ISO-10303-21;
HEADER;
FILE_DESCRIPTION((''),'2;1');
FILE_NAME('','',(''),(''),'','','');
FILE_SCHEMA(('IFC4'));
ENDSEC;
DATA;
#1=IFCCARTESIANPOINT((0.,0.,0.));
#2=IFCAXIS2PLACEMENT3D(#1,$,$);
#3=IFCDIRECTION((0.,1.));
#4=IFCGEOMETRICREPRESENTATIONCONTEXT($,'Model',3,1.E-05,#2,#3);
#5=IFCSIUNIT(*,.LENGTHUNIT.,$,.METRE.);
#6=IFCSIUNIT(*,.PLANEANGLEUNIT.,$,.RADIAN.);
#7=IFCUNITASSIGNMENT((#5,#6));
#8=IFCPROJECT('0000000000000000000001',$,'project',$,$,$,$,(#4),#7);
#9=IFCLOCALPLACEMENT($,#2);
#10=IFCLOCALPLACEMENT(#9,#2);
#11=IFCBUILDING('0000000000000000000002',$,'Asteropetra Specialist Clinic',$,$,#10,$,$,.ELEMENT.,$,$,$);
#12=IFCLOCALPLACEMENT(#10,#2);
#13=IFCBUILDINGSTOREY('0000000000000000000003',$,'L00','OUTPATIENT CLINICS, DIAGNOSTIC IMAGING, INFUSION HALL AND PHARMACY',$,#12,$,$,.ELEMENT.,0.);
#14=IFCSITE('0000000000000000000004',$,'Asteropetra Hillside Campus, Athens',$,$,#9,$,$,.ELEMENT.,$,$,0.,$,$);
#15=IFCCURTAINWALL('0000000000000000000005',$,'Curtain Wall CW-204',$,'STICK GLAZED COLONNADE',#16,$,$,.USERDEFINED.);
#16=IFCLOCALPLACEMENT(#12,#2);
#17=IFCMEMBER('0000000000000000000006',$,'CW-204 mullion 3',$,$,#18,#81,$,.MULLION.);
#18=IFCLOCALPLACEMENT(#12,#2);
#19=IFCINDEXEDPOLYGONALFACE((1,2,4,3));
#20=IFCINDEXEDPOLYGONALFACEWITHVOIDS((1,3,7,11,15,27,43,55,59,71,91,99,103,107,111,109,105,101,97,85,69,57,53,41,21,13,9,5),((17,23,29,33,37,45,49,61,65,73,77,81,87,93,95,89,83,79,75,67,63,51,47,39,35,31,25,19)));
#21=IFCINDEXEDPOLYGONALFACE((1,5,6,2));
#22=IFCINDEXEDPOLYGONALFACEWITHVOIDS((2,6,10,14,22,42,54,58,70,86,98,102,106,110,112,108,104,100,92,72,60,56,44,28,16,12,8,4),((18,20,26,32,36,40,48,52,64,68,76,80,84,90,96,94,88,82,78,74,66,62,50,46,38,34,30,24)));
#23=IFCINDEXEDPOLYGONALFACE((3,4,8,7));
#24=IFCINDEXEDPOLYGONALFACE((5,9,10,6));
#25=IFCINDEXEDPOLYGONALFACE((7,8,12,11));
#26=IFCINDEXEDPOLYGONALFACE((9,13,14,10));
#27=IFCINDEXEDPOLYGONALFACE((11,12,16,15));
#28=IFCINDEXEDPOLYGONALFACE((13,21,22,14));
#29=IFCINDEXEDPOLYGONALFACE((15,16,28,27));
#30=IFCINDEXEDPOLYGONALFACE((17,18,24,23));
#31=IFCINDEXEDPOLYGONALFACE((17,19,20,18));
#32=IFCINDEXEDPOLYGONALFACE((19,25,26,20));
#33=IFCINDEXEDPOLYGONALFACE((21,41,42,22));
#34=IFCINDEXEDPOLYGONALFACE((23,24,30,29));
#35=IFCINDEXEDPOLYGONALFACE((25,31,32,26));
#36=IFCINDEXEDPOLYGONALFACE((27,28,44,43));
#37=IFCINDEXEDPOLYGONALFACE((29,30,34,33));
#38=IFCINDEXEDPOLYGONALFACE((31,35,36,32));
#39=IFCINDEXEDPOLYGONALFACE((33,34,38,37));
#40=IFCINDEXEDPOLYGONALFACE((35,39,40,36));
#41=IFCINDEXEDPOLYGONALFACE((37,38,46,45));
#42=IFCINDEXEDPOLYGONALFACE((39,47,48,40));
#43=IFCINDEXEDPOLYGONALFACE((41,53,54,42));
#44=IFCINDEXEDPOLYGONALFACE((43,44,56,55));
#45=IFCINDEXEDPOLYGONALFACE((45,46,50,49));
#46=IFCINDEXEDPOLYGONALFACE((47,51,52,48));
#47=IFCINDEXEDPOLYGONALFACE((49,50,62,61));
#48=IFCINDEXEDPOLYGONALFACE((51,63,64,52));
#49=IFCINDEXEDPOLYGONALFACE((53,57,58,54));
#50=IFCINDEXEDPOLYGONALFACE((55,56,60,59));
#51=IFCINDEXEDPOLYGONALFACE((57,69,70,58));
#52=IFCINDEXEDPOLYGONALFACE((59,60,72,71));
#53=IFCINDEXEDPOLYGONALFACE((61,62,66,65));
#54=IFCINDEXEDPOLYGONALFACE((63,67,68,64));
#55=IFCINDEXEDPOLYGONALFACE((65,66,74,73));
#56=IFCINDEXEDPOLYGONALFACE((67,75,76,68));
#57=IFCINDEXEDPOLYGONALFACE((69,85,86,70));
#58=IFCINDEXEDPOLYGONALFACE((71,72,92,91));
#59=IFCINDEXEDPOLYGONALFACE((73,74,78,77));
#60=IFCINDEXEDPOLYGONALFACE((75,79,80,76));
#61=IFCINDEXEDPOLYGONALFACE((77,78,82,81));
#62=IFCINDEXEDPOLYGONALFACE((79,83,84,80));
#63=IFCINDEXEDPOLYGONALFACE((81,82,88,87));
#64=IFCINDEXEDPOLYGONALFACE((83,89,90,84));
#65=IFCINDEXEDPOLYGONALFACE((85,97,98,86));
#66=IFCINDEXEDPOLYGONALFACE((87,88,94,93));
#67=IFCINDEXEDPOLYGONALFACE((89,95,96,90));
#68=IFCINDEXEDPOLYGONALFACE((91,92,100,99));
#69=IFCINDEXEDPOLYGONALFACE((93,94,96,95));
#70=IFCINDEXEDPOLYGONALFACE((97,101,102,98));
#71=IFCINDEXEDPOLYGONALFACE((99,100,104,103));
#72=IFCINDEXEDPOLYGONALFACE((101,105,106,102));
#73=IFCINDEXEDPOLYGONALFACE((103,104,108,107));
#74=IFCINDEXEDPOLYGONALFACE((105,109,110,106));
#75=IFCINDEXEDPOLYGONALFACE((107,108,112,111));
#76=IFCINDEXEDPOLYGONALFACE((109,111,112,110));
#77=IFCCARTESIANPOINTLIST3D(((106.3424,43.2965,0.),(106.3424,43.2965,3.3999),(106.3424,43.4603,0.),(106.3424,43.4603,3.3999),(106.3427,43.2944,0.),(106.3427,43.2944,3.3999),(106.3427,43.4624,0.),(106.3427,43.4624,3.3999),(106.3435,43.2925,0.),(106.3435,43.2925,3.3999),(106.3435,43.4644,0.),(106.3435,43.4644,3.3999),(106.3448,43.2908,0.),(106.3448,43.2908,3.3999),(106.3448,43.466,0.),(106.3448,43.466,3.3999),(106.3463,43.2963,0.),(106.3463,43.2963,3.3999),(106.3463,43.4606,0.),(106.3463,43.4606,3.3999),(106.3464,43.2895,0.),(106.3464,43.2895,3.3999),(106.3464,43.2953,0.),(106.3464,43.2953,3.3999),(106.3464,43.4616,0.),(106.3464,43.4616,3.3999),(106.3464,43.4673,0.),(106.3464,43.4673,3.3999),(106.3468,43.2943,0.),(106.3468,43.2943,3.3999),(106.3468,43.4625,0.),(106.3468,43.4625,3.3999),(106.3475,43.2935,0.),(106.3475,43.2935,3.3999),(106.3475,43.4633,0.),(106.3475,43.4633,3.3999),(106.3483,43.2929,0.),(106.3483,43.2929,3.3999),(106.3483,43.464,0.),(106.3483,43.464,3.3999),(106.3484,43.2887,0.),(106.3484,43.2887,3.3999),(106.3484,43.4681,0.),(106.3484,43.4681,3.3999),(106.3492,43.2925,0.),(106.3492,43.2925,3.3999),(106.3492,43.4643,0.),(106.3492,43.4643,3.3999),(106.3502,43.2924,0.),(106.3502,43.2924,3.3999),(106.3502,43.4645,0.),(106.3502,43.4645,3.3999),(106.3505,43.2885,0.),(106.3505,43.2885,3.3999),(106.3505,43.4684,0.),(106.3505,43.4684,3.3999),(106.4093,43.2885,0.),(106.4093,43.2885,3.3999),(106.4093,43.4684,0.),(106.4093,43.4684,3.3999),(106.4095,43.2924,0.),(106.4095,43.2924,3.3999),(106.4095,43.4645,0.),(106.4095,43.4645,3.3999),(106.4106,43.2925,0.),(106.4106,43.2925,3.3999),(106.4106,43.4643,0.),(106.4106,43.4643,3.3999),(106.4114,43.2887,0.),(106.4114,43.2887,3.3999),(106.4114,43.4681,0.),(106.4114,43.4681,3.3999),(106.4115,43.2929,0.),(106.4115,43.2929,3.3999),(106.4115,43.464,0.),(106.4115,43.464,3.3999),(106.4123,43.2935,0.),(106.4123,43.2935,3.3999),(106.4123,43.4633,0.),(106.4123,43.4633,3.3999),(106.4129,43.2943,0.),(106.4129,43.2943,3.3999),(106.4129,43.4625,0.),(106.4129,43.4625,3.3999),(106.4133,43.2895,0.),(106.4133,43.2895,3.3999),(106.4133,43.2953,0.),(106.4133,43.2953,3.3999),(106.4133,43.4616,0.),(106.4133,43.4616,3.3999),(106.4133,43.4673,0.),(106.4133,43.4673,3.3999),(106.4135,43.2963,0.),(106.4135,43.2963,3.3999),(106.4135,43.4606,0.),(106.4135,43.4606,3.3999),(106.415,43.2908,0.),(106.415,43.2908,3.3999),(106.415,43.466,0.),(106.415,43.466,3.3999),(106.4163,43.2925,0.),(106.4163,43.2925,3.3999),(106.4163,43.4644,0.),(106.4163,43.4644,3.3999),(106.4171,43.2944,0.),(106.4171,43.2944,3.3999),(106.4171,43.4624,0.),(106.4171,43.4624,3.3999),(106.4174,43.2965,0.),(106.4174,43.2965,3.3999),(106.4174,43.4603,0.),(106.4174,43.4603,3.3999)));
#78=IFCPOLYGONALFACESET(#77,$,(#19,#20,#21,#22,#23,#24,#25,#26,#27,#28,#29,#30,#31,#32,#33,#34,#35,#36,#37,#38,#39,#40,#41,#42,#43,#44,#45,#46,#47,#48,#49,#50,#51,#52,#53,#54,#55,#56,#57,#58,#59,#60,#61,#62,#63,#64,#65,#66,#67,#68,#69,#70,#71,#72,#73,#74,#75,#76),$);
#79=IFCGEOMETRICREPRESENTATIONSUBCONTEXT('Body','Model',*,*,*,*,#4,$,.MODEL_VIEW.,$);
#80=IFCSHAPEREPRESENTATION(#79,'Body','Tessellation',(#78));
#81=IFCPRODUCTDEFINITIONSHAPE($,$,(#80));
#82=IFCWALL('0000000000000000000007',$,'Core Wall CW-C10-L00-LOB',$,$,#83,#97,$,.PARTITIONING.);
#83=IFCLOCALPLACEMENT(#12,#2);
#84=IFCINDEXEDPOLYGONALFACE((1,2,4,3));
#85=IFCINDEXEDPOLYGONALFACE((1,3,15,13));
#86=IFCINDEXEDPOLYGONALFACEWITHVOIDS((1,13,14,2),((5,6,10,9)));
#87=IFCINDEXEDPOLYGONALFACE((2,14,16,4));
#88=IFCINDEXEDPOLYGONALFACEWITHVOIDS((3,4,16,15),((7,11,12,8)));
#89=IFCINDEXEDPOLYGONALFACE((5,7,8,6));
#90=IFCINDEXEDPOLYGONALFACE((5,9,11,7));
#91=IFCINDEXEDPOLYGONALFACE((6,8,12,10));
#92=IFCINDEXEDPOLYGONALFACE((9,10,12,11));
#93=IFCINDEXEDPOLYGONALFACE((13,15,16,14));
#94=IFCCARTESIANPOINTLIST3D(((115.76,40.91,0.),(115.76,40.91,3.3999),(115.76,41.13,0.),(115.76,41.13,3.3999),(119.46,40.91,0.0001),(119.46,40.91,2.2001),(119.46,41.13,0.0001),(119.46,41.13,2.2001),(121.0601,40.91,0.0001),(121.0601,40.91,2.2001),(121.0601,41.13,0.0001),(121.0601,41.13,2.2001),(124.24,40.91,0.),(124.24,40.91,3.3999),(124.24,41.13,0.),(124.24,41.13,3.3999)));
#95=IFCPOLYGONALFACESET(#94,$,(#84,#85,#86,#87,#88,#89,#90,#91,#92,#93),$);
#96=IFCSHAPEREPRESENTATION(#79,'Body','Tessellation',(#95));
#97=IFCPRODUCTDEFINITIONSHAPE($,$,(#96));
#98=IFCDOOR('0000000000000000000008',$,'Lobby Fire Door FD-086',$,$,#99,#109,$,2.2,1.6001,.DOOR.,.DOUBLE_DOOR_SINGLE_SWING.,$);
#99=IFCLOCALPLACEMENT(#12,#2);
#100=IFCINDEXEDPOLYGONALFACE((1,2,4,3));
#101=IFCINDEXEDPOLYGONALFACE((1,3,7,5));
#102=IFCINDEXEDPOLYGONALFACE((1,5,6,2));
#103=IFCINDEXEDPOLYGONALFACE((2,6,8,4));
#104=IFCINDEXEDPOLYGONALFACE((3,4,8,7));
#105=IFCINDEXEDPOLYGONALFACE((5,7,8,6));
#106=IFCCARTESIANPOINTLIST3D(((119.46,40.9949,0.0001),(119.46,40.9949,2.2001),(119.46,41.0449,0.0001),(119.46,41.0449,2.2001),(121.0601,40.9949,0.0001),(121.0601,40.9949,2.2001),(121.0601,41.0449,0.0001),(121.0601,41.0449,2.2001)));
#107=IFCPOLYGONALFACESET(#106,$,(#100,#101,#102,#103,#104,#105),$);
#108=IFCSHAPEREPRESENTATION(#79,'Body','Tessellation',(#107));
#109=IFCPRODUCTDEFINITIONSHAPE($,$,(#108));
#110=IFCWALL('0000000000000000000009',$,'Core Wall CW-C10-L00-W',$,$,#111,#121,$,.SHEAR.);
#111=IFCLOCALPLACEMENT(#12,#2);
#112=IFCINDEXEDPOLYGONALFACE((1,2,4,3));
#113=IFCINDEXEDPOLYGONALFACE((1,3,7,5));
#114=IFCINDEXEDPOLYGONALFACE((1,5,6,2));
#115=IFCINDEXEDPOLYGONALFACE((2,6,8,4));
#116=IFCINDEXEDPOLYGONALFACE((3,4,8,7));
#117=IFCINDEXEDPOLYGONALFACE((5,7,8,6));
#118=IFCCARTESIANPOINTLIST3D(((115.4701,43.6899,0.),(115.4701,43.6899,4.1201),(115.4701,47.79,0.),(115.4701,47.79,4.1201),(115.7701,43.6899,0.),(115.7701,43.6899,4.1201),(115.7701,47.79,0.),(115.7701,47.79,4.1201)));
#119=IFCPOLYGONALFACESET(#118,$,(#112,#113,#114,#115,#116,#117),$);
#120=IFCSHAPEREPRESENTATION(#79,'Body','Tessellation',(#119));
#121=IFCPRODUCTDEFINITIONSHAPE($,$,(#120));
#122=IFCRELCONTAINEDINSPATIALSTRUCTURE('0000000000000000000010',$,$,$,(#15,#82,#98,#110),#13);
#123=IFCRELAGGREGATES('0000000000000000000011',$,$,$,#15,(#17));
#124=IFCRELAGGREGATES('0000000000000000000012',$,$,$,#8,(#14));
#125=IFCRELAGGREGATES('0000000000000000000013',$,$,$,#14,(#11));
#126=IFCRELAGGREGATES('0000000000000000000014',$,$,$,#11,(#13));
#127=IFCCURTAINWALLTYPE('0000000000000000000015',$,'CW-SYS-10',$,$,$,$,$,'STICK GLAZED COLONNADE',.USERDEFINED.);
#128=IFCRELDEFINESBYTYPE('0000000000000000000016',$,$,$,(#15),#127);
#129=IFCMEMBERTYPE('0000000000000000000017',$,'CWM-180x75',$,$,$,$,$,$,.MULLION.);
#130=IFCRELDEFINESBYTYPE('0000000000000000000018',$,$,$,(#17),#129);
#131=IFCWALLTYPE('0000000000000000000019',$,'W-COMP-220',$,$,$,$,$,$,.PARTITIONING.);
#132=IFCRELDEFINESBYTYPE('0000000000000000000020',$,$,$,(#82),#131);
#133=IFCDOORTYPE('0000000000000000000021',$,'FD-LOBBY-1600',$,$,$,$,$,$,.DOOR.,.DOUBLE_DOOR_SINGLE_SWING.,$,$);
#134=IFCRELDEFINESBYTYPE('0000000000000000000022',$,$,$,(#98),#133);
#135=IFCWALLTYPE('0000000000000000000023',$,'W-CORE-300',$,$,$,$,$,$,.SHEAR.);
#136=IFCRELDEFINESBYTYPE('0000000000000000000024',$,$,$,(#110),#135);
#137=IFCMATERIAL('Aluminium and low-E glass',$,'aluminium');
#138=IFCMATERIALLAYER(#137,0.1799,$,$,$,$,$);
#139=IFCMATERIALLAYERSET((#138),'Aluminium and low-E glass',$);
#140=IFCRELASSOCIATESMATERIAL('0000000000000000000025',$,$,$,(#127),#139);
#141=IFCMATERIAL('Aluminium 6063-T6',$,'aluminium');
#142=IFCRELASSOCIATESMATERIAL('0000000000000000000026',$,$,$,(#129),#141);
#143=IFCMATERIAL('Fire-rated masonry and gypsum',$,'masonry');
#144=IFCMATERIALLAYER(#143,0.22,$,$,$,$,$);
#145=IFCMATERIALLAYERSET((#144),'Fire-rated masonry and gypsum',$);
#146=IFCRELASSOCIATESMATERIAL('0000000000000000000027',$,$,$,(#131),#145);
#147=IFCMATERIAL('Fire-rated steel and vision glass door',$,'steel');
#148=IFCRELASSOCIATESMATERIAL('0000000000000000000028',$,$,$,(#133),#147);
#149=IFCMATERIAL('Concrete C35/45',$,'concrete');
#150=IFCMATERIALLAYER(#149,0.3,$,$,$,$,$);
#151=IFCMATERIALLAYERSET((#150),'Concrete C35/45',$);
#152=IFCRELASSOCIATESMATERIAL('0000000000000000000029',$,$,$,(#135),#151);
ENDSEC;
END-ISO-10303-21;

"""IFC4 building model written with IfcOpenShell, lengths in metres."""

from ifc_helpers import new_model, si_unit, direction, frame, frame_2d, origin, origin_2d, place, context, subcontext, project, spatial, rectangle, hollow_rectangle, extrude, material, layer, layer_set, material_profile, profile_set, type_object, element, fill, aggregate, save


model = new_model("IFC4")

# Units and contexts
model_context = context("Model", 3, precision=1e-05, world=origin(), true_north=direction((0.0, 1.0)))
body_context = subcontext(model_context, "Body", "Model", "MODEL_VIEW")
ifc_project = project(units=[si_unit("LENGTHUNIT", "METRE"), si_unit("PLANEANGLEUNIT", "RADIAN")], contexts=[model_context])

# Site, building, storey
site_placement = place(None, origin())
site = spatial("IfcSite", under=ifc_project, at=site_placement, Name="Asteropetra Hillside Campus, Athens", CompositionType="ELEMENT", RefElevation=0.0)
building_placement = place(site_placement, origin())
building = spatial("IfcBuilding", under=site, at=building_placement, Name="Asteropetra Specialist Clinic", CompositionType="ELEMENT")
storey_placement = place(building_placement, origin())
storey = spatial("IfcBuildingStorey", under=building, at=storey_placement, Name="L00", Description="OUTPATIENT CLINICS, DIAGNOSTIC IMAGING, INFUSION HALL AND PHARMACY", CompositionType="ELEMENT", Elevation=0.0)

# Curtain wall, member
ifc_material_1 = material(Name="Aluminium and low-E glass", Category="aluminium")
ifc_layer_1 = layer(ifc_material_1, 0.1799)
ifc_layer_set_1 = layer_set([ifc_layer_1], Name="Aluminium and low-E glass")
curtain_wall_type = type_object("IfcCurtainWallType", Name="CW-SYS-10", ElementType="STICK GLAZED COLONNADE", PredefinedType="USERDEFINED", material=ifc_layer_set_1)
curtain_wall_placement = place(storey_placement, origin())
curtain_wall = element("IfcCurtainWall", 1, at=curtain_wall_placement, inside=storey, type_object=curtain_wall_type, Name="Curtain Wall CW-204", ObjectType="STICK GLAZED COLONNADE", PredefinedType="USERDEFINED")
ifc_material_2 = material(Name="Aluminium 6063-T6", Category="aluminium")
ifc_material_profile_1 = material_profile(ifc_material_2, hollow_rectangle(XDim=0.075, YDim=0.1799, WallThickness=0.0039, InnerFilletRadius=0.0039, OuterFilletRadius=0.0081, at=origin_2d()), Name="MUL 180x75x4.0")
ifc_profile_set_1 = profile_set([ifc_material_profile_1], Name="Aluminium 6063-T6")
member_type = type_object("IfcMemberType", Name="CWM-180x75", PredefinedType="MULLION", material=ifc_profile_set_1)
member_placement = place(storey_placement, frame((106.3799, 43.3784, 0.0), z_axis=(0.0, 0.0, 1.0), x_axis=(1.0, 0.0, 0.0)))
member = element("IfcMember", 2, at=member_placement, type_object=member_type, Name="CW-204 mullion 3", PredefinedType="MULLION", context=body_context, shape_type="SweptSolid", body=[
    extrude(hollow_rectangle(XDim=0.075, YDim=0.1799, WallThickness=0.0039, InnerFilletRadius=0.0039, OuterFilletRadius=0.0081, at=origin_2d()), origin(), (0.0, 0.0, 1.0), 3.3999),
])
aggregate(curtain_wall, [member])

# Wall, opening, door
ifc_material_3 = material(Name="Fire-rated masonry and gypsum", Category="masonry")
ifc_layer_2 = layer(ifc_material_3, 0.22)
ifc_layer_set_2 = layer_set([ifc_layer_2], Name="Fire-rated masonry and gypsum")
wall_type_1 = type_object("IfcWallType", Name="W-COMP-220", PredefinedType="PARTITIONING", material=ifc_layer_set_2)
wall_1_placement = place(storey_placement, frame((115.76, 41.02, 0.0), z_axis=(0.0, 0.0, 1.0), x_axis=(1.0, 0.0, 0.0)))
wall_1 = element("IfcWall", 3, at=wall_1_placement, inside=storey, type_object=wall_type_1, Name="Core Wall CW-C10-L00-LOB", PredefinedType="PARTITIONING", context=body_context, shape_type="SweptSolid", body=[
    extrude(rectangle(XDim=8.48, YDim=0.22, at=frame_2d((4.24, 0.0))), origin(), (0.0, 0.0, 1.0), 3.3999),
])
opening_placement = place(wall_1_placement, frame((3.7, 0.0, 0.0)))
opening = element("IfcOpeningElement", 4, at=opening_placement, cuts=wall_1, PredefinedType="OPENING", context=body_context, shape_type="SweptSolid", body=[
    extrude(rectangle(XDim=1.6001, YDim=2.2, at=frame_2d((0.8, 1.1001))), frame((0.0, 0.1199, 0.0), z_axis=(0.0, -1.0, 0.0), x_axis=(1.0, 0.0, 0.0)), (0.0, 0.0, 1.0), 0.24),
])
ifc_material_4 = material(Name="Fire-rated steel and vision glass door", Category="steel")
door_type = type_object("IfcDoorType", Name="FD-LOBBY-1600", OperationType="DOUBLE_DOOR_SINGLE_SWING", PredefinedType="DOOR", material=ifc_material_4)
door_placement = place(opening_placement, origin())
door = element("IfcDoor", 5, at=door_placement, inside=storey, type_object=door_type, Name="Lobby Fire Door FD-086", OperationType="DOUBLE_DOOR_SINGLE_SWING", OverallHeight=2.2, OverallWidth=1.6001, PredefinedType="DOOR", context=body_context, shape_type="SweptSolid", body=[
    extrude(rectangle(XDim=1.6001, YDim=2.2, at=frame_2d((0.8, 1.1001))), frame((0.0, 0.0249, 0.0), z_axis=(0.0, -1.0, 0.0), x_axis=(1.0, 0.0, 0.0)), (0.0, 0.0, 1.0), 0.05),
])
fill(opening, door)

# Wall
ifc_material_5 = material(Name="Concrete C35/45", Category="concrete")
ifc_layer_3 = layer(ifc_material_5, 0.3)
ifc_layer_set_3 = layer_set([ifc_layer_3], Name="Concrete C35/45")
wall_type_2 = type_object("IfcWallType", Name="W-CORE-300", PredefinedType="SHEAR", material=ifc_layer_set_3)
wall_2_placement = place(storey_placement, frame((115.6201, 43.6899, 0.0), z_axis=(0.0, 0.0, 1.0), x_axis=(0.0, 1.0, 0.0)))
element("IfcWall", 6, at=wall_2_placement, inside=storey, type_object=wall_type_2, Name="Core Wall CW-C10-L00-W", PredefinedType="SHEAR", context=body_context, shape_type="SweptSolid", body=[
    extrude(rectangle(XDim=4.1001, YDim=0.3, at=frame_2d((2.05, 0.0))), origin(), (0.0, 0.0, 1.0), 4.1201),
])

save(model, "model.ifc")
